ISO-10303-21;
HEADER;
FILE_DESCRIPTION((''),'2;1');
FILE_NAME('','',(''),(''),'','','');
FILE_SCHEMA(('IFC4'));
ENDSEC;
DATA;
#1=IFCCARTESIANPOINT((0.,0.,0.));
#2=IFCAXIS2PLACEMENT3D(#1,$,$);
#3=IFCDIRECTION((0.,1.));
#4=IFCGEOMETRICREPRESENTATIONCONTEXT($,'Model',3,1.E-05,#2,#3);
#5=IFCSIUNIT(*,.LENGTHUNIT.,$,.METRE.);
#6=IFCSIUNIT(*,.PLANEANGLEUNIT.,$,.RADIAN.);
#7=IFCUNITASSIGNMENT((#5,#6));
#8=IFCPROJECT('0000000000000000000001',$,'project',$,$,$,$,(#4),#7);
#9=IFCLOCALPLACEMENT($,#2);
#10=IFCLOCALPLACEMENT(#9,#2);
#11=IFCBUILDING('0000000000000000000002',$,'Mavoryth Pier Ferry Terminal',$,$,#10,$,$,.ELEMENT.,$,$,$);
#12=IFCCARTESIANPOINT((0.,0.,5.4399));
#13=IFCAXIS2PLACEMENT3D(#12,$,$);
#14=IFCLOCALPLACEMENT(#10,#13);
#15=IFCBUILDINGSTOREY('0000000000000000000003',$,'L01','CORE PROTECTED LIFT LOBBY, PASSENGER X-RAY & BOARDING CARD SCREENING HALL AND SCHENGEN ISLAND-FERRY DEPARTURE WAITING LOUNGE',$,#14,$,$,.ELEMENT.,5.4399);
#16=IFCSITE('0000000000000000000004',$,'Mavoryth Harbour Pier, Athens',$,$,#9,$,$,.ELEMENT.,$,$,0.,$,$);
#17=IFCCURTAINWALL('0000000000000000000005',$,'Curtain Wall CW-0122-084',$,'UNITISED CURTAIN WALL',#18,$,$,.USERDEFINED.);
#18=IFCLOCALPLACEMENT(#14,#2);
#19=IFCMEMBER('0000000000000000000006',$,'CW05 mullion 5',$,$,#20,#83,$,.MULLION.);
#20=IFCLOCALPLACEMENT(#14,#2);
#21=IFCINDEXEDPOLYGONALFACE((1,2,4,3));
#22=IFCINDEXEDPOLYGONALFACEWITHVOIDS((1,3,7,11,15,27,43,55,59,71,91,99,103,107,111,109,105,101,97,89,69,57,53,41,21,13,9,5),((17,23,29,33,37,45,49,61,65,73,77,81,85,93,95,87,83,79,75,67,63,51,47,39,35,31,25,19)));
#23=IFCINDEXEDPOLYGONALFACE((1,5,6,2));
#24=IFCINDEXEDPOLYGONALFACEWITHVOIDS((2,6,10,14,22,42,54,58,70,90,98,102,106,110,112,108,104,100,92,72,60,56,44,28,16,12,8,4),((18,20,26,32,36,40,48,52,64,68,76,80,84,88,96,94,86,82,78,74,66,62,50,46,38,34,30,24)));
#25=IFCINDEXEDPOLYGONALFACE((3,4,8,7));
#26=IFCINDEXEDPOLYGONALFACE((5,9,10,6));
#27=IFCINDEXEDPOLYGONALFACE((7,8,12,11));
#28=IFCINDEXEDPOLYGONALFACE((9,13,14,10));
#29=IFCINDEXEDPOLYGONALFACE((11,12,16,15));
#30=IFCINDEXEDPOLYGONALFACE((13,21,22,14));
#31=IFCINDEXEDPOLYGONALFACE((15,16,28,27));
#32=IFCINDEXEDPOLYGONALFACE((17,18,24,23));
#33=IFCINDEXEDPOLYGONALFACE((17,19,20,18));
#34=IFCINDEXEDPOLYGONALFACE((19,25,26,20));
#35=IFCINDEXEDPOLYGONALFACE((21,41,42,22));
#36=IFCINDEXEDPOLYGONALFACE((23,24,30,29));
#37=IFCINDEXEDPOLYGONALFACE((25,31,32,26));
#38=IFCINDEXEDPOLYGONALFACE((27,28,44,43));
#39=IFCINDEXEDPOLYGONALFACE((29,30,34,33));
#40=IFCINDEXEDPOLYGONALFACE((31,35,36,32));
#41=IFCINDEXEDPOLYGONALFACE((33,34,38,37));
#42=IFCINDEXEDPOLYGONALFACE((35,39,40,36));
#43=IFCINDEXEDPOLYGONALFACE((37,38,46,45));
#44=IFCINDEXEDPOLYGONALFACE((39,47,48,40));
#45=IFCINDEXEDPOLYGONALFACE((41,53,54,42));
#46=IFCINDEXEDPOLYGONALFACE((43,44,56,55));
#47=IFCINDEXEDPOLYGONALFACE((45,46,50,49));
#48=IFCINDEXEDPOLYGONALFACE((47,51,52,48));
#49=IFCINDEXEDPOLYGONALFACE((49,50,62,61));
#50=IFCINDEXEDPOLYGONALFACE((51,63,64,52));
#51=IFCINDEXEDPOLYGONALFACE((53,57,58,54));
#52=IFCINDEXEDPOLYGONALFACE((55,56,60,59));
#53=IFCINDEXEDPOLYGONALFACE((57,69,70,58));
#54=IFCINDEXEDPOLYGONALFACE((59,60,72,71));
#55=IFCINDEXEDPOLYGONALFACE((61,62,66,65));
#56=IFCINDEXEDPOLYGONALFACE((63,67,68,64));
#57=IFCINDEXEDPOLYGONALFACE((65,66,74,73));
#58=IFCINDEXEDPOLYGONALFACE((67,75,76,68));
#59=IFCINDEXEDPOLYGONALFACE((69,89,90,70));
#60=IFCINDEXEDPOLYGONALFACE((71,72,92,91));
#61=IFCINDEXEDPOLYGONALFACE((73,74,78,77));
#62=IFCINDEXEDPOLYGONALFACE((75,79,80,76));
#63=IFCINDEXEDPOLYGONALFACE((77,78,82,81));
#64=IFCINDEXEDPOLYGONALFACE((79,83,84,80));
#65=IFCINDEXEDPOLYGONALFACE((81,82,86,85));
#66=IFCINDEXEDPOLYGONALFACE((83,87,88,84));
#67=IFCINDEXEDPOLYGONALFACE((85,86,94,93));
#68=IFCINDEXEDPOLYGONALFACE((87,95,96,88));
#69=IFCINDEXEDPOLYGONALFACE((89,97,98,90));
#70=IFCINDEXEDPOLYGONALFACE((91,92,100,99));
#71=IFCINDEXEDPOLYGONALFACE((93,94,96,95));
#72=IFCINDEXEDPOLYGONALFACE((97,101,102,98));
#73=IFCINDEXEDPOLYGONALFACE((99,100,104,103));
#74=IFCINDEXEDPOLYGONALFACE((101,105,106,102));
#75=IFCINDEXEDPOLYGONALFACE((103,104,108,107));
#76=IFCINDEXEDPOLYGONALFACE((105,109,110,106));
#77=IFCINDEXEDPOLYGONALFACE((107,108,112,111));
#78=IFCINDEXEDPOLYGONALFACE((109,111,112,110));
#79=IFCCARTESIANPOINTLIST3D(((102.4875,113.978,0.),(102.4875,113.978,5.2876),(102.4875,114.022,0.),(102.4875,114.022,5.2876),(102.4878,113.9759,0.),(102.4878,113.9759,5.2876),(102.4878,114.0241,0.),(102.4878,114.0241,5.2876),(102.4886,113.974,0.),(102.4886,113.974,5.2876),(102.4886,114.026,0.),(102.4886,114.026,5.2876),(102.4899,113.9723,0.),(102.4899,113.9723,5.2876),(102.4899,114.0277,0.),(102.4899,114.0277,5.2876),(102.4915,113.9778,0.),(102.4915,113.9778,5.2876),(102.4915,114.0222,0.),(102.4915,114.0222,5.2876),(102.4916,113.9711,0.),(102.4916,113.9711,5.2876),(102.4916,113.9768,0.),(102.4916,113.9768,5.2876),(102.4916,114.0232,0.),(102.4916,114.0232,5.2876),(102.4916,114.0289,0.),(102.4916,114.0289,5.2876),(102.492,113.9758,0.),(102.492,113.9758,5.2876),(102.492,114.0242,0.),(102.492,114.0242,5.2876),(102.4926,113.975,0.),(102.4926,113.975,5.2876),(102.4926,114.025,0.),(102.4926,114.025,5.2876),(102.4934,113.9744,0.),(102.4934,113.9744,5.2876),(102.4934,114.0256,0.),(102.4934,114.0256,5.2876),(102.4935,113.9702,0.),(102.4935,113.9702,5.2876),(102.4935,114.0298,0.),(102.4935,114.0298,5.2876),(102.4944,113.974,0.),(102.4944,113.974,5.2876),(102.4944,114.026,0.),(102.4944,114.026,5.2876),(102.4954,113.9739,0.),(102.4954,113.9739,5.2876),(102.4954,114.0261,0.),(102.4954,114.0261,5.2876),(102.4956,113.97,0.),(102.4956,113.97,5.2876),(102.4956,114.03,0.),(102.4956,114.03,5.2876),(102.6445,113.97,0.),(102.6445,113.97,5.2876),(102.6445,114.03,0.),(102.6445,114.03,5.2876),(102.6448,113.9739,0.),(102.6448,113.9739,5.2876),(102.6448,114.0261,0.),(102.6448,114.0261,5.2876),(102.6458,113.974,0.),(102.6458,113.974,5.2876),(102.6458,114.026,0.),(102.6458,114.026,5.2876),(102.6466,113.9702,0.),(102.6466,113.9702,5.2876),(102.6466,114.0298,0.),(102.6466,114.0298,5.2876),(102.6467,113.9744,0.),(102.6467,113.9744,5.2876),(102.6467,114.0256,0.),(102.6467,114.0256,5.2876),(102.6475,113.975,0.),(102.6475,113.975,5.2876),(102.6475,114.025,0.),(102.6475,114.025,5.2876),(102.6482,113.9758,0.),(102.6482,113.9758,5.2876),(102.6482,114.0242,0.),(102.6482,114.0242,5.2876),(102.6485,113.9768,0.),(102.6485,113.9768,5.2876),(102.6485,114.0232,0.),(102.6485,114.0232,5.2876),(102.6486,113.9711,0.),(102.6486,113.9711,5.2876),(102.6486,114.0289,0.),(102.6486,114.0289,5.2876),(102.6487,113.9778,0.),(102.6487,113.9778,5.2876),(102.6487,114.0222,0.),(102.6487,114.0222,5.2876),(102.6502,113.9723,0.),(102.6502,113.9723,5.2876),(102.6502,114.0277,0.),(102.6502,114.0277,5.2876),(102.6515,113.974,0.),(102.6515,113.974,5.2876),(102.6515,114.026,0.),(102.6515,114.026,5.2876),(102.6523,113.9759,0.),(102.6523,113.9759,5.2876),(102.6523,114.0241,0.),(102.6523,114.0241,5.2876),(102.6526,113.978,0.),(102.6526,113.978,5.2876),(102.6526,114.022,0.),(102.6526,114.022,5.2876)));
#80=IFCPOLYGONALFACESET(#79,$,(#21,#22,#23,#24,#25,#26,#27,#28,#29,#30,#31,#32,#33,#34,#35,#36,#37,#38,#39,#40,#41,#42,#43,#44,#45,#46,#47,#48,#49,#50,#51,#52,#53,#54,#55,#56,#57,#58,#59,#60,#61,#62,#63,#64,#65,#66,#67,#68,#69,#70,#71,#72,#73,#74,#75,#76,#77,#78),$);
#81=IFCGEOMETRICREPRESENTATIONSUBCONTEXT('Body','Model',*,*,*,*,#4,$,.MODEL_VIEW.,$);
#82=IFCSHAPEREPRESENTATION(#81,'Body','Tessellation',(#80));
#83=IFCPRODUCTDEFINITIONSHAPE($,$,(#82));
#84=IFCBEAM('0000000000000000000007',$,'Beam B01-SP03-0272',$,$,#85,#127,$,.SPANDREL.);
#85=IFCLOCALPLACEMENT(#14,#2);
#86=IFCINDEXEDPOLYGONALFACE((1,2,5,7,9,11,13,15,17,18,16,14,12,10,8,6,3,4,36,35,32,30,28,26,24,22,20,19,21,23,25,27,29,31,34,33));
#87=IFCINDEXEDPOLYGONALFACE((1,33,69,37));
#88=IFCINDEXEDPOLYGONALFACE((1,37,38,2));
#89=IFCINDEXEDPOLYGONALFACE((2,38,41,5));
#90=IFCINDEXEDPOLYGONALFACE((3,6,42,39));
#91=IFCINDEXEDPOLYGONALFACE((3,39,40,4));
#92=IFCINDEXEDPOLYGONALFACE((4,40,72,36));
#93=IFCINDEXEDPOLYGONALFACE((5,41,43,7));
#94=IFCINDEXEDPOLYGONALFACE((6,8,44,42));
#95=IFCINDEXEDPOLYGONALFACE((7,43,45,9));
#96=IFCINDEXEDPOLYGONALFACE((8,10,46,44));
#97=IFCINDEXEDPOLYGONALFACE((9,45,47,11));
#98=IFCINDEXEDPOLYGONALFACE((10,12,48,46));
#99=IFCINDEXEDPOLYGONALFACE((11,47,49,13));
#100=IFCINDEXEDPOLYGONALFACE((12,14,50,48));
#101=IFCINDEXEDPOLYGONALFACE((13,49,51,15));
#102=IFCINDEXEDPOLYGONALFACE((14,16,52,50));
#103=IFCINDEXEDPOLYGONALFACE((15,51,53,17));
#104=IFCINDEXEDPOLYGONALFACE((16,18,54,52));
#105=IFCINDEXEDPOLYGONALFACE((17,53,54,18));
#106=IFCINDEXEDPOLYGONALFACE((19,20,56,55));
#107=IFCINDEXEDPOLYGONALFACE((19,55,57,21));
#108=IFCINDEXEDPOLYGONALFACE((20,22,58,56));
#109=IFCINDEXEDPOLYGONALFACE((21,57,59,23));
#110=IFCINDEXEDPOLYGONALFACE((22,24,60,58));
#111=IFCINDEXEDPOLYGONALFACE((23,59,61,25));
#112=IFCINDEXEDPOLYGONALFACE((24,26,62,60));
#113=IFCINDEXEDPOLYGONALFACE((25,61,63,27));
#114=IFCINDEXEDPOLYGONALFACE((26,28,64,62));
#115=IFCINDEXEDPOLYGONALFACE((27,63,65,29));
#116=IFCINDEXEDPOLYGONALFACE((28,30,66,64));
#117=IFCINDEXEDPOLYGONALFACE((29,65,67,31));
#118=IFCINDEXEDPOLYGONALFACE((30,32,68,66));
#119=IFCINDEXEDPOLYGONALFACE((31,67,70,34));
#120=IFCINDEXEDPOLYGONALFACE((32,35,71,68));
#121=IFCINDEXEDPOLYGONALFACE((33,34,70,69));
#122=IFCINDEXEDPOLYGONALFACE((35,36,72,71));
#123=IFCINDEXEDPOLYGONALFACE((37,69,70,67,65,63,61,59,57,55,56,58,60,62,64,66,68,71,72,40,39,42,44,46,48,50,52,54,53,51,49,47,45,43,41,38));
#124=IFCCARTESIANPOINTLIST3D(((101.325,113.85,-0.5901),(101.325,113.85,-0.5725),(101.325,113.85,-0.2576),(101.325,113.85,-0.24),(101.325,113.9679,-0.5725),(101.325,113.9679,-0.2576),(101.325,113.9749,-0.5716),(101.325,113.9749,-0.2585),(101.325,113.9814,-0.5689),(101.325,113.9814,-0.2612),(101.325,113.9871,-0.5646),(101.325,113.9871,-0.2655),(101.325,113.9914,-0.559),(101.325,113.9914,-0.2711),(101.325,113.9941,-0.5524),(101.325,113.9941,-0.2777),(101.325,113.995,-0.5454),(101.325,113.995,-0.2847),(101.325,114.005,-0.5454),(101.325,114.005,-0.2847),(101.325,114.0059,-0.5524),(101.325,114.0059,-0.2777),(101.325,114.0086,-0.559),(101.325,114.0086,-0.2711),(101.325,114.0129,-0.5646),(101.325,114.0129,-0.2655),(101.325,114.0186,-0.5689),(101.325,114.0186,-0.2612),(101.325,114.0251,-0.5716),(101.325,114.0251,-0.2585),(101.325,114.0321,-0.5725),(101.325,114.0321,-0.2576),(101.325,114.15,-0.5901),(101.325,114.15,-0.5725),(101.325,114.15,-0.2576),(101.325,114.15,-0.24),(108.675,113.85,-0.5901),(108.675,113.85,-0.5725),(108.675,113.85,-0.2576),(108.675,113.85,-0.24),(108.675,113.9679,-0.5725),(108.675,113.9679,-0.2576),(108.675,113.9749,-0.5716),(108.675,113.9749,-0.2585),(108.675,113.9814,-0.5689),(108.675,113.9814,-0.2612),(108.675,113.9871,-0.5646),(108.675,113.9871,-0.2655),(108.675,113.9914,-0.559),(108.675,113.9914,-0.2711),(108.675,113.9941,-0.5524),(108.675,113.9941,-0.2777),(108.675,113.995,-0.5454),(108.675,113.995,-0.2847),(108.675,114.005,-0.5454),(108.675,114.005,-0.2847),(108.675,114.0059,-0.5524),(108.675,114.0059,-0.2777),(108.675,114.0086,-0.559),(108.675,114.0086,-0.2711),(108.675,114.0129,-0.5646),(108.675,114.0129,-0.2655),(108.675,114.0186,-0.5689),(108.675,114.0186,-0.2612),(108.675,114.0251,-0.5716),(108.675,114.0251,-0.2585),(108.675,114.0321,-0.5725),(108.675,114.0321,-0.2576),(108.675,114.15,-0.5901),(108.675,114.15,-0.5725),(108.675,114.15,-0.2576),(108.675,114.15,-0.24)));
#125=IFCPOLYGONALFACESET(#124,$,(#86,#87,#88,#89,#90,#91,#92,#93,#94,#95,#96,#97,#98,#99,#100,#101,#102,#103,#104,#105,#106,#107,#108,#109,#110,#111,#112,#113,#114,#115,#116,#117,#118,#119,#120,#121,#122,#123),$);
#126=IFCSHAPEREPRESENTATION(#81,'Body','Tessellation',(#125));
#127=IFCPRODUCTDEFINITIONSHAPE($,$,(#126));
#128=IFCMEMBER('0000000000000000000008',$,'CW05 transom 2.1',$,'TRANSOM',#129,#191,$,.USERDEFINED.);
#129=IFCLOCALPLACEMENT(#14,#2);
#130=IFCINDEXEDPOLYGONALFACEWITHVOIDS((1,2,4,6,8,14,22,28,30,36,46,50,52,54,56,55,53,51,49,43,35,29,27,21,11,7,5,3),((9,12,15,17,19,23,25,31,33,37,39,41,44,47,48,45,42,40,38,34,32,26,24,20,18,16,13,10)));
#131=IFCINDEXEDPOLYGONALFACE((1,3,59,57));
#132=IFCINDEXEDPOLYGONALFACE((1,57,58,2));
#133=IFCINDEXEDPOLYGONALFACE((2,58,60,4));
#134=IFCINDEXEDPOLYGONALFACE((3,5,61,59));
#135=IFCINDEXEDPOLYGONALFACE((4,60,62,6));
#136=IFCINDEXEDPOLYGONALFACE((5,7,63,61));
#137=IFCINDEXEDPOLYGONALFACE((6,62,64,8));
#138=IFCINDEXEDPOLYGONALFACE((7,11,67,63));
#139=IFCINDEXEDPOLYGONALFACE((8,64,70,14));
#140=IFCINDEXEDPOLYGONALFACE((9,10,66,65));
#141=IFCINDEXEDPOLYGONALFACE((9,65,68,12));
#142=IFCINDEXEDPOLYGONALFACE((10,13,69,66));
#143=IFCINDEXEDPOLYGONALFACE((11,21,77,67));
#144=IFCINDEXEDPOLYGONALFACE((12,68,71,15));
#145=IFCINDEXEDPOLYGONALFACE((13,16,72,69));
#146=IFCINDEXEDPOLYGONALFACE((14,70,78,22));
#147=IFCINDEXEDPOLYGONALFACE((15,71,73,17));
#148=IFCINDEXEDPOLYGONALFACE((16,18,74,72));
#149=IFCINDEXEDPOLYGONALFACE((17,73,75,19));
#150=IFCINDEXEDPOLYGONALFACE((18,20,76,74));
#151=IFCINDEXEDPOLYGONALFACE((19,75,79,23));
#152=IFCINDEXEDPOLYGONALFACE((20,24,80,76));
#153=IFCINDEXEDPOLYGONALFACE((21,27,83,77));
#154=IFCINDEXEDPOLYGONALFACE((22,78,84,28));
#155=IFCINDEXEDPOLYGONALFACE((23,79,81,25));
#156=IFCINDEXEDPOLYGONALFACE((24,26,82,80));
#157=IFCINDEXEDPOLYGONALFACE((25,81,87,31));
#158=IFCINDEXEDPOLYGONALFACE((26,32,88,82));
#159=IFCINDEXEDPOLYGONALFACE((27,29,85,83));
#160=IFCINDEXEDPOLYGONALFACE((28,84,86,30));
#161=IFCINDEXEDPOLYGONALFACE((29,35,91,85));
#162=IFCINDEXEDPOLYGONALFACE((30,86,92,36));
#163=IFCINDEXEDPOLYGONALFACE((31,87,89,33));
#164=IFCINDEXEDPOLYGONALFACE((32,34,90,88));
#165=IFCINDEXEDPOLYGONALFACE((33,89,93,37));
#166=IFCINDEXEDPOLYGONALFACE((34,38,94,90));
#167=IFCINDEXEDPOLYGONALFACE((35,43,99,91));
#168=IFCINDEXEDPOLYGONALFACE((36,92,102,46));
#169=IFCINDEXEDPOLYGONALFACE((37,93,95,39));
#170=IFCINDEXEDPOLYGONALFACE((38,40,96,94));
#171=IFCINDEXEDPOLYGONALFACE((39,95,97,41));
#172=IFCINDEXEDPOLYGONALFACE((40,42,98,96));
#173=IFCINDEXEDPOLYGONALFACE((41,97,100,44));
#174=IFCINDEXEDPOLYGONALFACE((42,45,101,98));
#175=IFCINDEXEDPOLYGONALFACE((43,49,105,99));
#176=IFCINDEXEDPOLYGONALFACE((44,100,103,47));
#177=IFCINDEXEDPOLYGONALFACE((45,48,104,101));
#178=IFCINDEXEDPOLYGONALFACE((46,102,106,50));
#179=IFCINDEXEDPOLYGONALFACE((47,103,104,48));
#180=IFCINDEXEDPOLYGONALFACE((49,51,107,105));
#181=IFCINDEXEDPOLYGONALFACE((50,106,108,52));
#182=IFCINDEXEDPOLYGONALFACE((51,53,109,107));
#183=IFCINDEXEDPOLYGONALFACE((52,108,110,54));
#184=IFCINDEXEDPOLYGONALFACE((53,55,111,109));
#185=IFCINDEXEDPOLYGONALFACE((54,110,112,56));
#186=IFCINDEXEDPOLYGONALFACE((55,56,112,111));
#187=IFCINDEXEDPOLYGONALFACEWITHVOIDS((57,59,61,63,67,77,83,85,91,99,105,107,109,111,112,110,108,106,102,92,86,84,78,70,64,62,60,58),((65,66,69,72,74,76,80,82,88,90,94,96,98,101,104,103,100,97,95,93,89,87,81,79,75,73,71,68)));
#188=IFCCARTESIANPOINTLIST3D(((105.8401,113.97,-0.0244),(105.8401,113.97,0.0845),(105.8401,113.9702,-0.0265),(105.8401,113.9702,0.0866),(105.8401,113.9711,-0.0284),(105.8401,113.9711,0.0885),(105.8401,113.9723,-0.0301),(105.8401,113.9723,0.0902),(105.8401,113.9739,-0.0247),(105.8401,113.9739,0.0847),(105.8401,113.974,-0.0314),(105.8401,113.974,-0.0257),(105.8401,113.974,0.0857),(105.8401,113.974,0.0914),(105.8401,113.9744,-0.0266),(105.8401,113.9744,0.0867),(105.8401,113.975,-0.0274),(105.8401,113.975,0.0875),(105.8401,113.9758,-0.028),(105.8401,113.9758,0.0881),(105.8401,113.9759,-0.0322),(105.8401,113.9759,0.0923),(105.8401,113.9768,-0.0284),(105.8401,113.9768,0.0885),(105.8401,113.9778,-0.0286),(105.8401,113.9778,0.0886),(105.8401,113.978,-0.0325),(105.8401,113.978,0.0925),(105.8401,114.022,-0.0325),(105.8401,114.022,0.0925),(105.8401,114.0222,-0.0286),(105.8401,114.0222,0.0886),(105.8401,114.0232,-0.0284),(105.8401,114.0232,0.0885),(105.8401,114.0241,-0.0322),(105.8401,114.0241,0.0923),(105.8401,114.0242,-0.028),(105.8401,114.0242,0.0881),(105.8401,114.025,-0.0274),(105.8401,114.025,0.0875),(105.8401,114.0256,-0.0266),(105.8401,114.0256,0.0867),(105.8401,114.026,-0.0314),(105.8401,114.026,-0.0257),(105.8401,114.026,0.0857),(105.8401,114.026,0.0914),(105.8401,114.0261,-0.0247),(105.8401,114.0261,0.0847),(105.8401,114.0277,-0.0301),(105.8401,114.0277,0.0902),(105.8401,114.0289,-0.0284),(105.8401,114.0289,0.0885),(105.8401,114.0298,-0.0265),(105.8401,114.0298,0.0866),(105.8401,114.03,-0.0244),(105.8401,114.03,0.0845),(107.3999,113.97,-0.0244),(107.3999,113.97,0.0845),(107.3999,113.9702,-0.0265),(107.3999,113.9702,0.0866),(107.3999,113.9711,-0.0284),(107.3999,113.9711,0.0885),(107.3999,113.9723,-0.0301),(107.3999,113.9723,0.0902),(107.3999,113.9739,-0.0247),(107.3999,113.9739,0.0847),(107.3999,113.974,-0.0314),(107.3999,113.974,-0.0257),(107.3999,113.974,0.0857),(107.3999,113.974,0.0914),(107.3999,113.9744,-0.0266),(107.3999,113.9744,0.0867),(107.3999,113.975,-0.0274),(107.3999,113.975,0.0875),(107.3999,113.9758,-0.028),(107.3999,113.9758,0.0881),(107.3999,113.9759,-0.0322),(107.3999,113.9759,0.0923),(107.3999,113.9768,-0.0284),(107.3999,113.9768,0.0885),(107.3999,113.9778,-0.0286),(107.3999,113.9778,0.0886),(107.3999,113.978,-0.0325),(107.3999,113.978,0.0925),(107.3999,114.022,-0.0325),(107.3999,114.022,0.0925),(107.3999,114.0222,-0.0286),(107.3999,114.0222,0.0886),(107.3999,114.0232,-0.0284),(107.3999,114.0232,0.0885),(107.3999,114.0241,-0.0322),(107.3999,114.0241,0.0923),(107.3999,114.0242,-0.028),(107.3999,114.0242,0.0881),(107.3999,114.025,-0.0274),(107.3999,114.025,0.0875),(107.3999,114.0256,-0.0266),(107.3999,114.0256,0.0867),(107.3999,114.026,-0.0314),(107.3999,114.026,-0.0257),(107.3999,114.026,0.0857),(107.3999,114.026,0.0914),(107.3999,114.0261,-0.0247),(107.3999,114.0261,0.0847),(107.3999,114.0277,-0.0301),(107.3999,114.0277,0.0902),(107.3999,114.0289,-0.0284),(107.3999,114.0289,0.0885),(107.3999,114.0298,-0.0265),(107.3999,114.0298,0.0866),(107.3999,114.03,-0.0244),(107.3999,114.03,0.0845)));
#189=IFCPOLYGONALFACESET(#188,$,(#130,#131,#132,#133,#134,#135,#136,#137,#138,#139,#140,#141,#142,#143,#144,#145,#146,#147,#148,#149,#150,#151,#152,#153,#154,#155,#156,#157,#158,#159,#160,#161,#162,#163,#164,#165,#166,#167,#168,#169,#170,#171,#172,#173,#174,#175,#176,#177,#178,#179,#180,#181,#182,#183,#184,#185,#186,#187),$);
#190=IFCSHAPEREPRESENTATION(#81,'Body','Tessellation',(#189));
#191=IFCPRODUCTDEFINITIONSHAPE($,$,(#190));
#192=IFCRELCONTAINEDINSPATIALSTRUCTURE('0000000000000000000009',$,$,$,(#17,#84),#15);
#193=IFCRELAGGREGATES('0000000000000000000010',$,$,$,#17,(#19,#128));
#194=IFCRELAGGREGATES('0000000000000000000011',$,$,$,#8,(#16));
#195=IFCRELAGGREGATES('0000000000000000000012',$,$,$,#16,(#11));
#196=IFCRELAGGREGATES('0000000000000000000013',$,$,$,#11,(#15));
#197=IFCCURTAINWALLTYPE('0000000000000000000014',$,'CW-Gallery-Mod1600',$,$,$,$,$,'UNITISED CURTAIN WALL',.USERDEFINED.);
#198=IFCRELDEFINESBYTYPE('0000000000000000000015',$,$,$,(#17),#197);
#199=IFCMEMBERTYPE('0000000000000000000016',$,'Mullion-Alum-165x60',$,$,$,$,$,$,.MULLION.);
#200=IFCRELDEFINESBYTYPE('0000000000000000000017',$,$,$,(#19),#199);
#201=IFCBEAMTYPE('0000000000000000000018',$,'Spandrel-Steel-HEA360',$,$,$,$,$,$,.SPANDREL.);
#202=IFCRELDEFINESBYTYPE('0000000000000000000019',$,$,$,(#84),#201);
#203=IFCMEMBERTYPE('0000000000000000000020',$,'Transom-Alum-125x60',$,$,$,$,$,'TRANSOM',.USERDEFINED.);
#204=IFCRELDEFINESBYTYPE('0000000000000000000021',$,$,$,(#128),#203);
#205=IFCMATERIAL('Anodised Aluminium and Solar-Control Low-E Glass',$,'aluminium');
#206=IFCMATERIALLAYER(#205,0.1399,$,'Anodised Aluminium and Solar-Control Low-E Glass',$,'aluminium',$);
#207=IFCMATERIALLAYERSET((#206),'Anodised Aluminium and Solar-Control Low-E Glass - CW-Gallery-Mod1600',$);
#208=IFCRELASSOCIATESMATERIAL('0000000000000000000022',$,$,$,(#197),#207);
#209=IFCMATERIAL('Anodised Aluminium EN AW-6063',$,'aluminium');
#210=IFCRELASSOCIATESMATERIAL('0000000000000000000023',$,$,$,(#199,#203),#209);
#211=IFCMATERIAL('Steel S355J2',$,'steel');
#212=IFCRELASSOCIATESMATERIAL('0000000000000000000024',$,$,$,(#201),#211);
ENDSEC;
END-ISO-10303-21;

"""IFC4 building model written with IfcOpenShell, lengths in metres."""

from ifc_helpers import new_model, si_unit, direction, frame, origin, origin_2d, place, context, subcontext, project, spatial, hollow_rectangle, i_section, extrude, material, layer, layer_set, material_profile, profile_set, type_object, element, aggregate, save


model = new_model("IFC4")

# Units and contexts
model_context = context("Model", 3, precision=1e-05, world=origin(), true_north=direction((0.0, 1.0)))
body_context = subcontext(model_context, "Body", "Model", "MODEL_VIEW")
ifc_project = project(units=[si_unit("LENGTHUNIT", "METRE"), si_unit("PLANEANGLEUNIT", "RADIAN")], contexts=[model_context])

# Site, building, storey
site_placement = place(None, origin())
site = spatial("IfcSite", under=ifc_project, at=site_placement, Name="Mavoryth Harbour Pier, Athens", CompositionType="ELEMENT", RefElevation=0.0)
building_placement = place(site_placement, origin())
building = spatial("IfcBuilding", under=site, at=building_placement, Name="Mavoryth Pier Ferry Terminal", CompositionType="ELEMENT")
storey_placement = place(building_placement, frame((0.0, 0.0, 5.4399)))
storey = spatial("IfcBuildingStorey", under=building, at=storey_placement, Name="L01", Description="CORE PROTECTED LIFT LOBBY, PASSENGER X-RAY & BOARDING CARD SCREENING HALL AND SCHENGEN ISLAND-FERRY DEPARTURE WAITING LOUNGE", CompositionType="ELEMENT", Elevation=5.4399)

# Curtain wall, member
ifc_material_1 = material(Name="Anodised Aluminium and Solar-Control Low-E Glass", Category="aluminium")
ifc_layer_1 = layer(ifc_material_1, 0.1399, Name="Anodised Aluminium and Solar-Control Low-E Glass", Category="aluminium")
ifc_layer_set_1 = layer_set([ifc_layer_1], Name="Anodised Aluminium and Solar-Control Low-E Glass - CW-Gallery-Mod1600")
curtain_wall_type = type_object("IfcCurtainWallType", Name="CW-Gallery-Mod1600", ElementType="UNITISED CURTAIN WALL", PredefinedType="USERDEFINED", material=ifc_layer_set_1)
curtain_wall_placement = place(storey_placement, origin())
curtain_wall = element("IfcCurtainWall", 1, at=curtain_wall_placement, inside=storey, type_object=curtain_wall_type, Name="Curtain Wall CW-0122-084", ObjectType="UNITISED CURTAIN WALL", PredefinedType="USERDEFINED")
ifc_material_2 = material(Name="Anodised Aluminium EN AW-6063", Category="aluminium")
ifc_material_profile_1 = material_profile(ifc_material_2, hollow_rectangle(XDim=0.0601, YDim=0.165, WallThickness=0.0039, InnerFilletRadius=0.0039, OuterFilletRadius=0.0081, at=origin_2d()), Name="AL-MULL 165x60x4", Category="aluminium")
ifc_profile_set_1 = profile_set([ifc_material_profile_1], Name="Anodised Aluminium EN AW-6063 - AL-MULL 165x60x4")
member_type_1 = type_object("IfcMemberType", Name="Mullion-Alum-165x60", PredefinedType="MULLION", material=ifc_profile_set_1)
member_1_placement = place(storey_placement, frame((102.5701, 114.0, 0.0), z_axis=(0.0, 0.0, 1.0), x_axis=(0.0, -1.0, 0.0)))
member_1 = element("IfcMember", 2, at=member_1_placement, type_object=member_type_1, Name="CW05 mullion 5", PredefinedType="MULLION", context=body_context, shape_type="SweptSolid", body=[
    extrude(hollow_rectangle(XDim=0.0601, YDim=0.165, WallThickness=0.0039, InnerFilletRadius=0.0039, OuterFilletRadius=0.0081, at=origin_2d()), origin(), (0.0, 0.0, 1.0), 5.2876),
])

# Beam
ifc_material_3 = material(Name="Steel S355J2", Category="steel")
ifc_material_profile_2 = material_profile(ifc_material_3, i_section(OverallWidth=0.3, OverallDepth=0.3501, WebThickness=0.01, FlangeThickness=0.0176, FilletRadius=0.0271, at=origin_2d()), Name="HEA 360", Category="steel")
ifc_profile_set_2 = profile_set([ifc_material_profile_2], Name="Steel S355J2 - HEA 360")
beam_type = type_object("IfcBeamType", Name="Spandrel-Steel-HEA360", PredefinedType="SPANDREL", material=ifc_profile_set_2)
beam_placement = place(storey_placement, frame((101.325, 114.0, -0.415), z_axis=(1.0, 0.0, 0.0), x_axis=(0.0, 1.0, 0.0)))
element("IfcBeam", 3, at=beam_placement, inside=storey, type_object=beam_type, Name="Beam B01-SP03-0272", PredefinedType="SPANDREL", context=body_context, shape_type="SweptSolid", body=[
    extrude(i_section(OverallWidth=0.3, OverallDepth=0.3501, WebThickness=0.01, FlangeThickness=0.0176, FilletRadius=0.0271, at=origin_2d()), origin(), (0.0, 0.0, 1.0), 7.3501),
])

# Member
ifc_material_profile_3 = material_profile(ifc_material_2, hollow_rectangle(XDim=0.0601, YDim=0.125, WallThickness=0.0039, InnerFilletRadius=0.0039, OuterFilletRadius=0.0081, at=origin_2d()), Name="AL-TRAN 125x60x4", Category="aluminium")
ifc_profile_set_3 = profile_set([ifc_material_profile_3], Name="Anodised Aluminium EN AW-6063 - AL-TRAN 125x60x4")
member_type_2 = type_object("IfcMemberType", Name="Transom-Alum-125x60", ElementType="TRANSOM", PredefinedType="USERDEFINED", material=ifc_profile_set_3)
member_2_placement = place(storey_placement, frame((107.3999, 114.0, 0.03), z_axis=(-1.0, 0.0, 0.0), x_axis=(0.0, -1.0, 0.0)))
member_2 = element("IfcMember", 4, at=member_2_placement, type_object=member_type_2, Name="CW05 transom 2.1", ObjectType="TRANSOM", PredefinedType="USERDEFINED", context=body_context, shape_type="SweptSolid", body=[
    extrude(hollow_rectangle(XDim=0.0601, YDim=0.125, WallThickness=0.0039, InnerFilletRadius=0.0039, OuterFilletRadius=0.0081, at=origin_2d()), origin(), (0.0, 0.0, 1.0), 1.5598),
])

aggregate(curtain_wall, [member_1, member_2])

save(model, "model.ifc")
